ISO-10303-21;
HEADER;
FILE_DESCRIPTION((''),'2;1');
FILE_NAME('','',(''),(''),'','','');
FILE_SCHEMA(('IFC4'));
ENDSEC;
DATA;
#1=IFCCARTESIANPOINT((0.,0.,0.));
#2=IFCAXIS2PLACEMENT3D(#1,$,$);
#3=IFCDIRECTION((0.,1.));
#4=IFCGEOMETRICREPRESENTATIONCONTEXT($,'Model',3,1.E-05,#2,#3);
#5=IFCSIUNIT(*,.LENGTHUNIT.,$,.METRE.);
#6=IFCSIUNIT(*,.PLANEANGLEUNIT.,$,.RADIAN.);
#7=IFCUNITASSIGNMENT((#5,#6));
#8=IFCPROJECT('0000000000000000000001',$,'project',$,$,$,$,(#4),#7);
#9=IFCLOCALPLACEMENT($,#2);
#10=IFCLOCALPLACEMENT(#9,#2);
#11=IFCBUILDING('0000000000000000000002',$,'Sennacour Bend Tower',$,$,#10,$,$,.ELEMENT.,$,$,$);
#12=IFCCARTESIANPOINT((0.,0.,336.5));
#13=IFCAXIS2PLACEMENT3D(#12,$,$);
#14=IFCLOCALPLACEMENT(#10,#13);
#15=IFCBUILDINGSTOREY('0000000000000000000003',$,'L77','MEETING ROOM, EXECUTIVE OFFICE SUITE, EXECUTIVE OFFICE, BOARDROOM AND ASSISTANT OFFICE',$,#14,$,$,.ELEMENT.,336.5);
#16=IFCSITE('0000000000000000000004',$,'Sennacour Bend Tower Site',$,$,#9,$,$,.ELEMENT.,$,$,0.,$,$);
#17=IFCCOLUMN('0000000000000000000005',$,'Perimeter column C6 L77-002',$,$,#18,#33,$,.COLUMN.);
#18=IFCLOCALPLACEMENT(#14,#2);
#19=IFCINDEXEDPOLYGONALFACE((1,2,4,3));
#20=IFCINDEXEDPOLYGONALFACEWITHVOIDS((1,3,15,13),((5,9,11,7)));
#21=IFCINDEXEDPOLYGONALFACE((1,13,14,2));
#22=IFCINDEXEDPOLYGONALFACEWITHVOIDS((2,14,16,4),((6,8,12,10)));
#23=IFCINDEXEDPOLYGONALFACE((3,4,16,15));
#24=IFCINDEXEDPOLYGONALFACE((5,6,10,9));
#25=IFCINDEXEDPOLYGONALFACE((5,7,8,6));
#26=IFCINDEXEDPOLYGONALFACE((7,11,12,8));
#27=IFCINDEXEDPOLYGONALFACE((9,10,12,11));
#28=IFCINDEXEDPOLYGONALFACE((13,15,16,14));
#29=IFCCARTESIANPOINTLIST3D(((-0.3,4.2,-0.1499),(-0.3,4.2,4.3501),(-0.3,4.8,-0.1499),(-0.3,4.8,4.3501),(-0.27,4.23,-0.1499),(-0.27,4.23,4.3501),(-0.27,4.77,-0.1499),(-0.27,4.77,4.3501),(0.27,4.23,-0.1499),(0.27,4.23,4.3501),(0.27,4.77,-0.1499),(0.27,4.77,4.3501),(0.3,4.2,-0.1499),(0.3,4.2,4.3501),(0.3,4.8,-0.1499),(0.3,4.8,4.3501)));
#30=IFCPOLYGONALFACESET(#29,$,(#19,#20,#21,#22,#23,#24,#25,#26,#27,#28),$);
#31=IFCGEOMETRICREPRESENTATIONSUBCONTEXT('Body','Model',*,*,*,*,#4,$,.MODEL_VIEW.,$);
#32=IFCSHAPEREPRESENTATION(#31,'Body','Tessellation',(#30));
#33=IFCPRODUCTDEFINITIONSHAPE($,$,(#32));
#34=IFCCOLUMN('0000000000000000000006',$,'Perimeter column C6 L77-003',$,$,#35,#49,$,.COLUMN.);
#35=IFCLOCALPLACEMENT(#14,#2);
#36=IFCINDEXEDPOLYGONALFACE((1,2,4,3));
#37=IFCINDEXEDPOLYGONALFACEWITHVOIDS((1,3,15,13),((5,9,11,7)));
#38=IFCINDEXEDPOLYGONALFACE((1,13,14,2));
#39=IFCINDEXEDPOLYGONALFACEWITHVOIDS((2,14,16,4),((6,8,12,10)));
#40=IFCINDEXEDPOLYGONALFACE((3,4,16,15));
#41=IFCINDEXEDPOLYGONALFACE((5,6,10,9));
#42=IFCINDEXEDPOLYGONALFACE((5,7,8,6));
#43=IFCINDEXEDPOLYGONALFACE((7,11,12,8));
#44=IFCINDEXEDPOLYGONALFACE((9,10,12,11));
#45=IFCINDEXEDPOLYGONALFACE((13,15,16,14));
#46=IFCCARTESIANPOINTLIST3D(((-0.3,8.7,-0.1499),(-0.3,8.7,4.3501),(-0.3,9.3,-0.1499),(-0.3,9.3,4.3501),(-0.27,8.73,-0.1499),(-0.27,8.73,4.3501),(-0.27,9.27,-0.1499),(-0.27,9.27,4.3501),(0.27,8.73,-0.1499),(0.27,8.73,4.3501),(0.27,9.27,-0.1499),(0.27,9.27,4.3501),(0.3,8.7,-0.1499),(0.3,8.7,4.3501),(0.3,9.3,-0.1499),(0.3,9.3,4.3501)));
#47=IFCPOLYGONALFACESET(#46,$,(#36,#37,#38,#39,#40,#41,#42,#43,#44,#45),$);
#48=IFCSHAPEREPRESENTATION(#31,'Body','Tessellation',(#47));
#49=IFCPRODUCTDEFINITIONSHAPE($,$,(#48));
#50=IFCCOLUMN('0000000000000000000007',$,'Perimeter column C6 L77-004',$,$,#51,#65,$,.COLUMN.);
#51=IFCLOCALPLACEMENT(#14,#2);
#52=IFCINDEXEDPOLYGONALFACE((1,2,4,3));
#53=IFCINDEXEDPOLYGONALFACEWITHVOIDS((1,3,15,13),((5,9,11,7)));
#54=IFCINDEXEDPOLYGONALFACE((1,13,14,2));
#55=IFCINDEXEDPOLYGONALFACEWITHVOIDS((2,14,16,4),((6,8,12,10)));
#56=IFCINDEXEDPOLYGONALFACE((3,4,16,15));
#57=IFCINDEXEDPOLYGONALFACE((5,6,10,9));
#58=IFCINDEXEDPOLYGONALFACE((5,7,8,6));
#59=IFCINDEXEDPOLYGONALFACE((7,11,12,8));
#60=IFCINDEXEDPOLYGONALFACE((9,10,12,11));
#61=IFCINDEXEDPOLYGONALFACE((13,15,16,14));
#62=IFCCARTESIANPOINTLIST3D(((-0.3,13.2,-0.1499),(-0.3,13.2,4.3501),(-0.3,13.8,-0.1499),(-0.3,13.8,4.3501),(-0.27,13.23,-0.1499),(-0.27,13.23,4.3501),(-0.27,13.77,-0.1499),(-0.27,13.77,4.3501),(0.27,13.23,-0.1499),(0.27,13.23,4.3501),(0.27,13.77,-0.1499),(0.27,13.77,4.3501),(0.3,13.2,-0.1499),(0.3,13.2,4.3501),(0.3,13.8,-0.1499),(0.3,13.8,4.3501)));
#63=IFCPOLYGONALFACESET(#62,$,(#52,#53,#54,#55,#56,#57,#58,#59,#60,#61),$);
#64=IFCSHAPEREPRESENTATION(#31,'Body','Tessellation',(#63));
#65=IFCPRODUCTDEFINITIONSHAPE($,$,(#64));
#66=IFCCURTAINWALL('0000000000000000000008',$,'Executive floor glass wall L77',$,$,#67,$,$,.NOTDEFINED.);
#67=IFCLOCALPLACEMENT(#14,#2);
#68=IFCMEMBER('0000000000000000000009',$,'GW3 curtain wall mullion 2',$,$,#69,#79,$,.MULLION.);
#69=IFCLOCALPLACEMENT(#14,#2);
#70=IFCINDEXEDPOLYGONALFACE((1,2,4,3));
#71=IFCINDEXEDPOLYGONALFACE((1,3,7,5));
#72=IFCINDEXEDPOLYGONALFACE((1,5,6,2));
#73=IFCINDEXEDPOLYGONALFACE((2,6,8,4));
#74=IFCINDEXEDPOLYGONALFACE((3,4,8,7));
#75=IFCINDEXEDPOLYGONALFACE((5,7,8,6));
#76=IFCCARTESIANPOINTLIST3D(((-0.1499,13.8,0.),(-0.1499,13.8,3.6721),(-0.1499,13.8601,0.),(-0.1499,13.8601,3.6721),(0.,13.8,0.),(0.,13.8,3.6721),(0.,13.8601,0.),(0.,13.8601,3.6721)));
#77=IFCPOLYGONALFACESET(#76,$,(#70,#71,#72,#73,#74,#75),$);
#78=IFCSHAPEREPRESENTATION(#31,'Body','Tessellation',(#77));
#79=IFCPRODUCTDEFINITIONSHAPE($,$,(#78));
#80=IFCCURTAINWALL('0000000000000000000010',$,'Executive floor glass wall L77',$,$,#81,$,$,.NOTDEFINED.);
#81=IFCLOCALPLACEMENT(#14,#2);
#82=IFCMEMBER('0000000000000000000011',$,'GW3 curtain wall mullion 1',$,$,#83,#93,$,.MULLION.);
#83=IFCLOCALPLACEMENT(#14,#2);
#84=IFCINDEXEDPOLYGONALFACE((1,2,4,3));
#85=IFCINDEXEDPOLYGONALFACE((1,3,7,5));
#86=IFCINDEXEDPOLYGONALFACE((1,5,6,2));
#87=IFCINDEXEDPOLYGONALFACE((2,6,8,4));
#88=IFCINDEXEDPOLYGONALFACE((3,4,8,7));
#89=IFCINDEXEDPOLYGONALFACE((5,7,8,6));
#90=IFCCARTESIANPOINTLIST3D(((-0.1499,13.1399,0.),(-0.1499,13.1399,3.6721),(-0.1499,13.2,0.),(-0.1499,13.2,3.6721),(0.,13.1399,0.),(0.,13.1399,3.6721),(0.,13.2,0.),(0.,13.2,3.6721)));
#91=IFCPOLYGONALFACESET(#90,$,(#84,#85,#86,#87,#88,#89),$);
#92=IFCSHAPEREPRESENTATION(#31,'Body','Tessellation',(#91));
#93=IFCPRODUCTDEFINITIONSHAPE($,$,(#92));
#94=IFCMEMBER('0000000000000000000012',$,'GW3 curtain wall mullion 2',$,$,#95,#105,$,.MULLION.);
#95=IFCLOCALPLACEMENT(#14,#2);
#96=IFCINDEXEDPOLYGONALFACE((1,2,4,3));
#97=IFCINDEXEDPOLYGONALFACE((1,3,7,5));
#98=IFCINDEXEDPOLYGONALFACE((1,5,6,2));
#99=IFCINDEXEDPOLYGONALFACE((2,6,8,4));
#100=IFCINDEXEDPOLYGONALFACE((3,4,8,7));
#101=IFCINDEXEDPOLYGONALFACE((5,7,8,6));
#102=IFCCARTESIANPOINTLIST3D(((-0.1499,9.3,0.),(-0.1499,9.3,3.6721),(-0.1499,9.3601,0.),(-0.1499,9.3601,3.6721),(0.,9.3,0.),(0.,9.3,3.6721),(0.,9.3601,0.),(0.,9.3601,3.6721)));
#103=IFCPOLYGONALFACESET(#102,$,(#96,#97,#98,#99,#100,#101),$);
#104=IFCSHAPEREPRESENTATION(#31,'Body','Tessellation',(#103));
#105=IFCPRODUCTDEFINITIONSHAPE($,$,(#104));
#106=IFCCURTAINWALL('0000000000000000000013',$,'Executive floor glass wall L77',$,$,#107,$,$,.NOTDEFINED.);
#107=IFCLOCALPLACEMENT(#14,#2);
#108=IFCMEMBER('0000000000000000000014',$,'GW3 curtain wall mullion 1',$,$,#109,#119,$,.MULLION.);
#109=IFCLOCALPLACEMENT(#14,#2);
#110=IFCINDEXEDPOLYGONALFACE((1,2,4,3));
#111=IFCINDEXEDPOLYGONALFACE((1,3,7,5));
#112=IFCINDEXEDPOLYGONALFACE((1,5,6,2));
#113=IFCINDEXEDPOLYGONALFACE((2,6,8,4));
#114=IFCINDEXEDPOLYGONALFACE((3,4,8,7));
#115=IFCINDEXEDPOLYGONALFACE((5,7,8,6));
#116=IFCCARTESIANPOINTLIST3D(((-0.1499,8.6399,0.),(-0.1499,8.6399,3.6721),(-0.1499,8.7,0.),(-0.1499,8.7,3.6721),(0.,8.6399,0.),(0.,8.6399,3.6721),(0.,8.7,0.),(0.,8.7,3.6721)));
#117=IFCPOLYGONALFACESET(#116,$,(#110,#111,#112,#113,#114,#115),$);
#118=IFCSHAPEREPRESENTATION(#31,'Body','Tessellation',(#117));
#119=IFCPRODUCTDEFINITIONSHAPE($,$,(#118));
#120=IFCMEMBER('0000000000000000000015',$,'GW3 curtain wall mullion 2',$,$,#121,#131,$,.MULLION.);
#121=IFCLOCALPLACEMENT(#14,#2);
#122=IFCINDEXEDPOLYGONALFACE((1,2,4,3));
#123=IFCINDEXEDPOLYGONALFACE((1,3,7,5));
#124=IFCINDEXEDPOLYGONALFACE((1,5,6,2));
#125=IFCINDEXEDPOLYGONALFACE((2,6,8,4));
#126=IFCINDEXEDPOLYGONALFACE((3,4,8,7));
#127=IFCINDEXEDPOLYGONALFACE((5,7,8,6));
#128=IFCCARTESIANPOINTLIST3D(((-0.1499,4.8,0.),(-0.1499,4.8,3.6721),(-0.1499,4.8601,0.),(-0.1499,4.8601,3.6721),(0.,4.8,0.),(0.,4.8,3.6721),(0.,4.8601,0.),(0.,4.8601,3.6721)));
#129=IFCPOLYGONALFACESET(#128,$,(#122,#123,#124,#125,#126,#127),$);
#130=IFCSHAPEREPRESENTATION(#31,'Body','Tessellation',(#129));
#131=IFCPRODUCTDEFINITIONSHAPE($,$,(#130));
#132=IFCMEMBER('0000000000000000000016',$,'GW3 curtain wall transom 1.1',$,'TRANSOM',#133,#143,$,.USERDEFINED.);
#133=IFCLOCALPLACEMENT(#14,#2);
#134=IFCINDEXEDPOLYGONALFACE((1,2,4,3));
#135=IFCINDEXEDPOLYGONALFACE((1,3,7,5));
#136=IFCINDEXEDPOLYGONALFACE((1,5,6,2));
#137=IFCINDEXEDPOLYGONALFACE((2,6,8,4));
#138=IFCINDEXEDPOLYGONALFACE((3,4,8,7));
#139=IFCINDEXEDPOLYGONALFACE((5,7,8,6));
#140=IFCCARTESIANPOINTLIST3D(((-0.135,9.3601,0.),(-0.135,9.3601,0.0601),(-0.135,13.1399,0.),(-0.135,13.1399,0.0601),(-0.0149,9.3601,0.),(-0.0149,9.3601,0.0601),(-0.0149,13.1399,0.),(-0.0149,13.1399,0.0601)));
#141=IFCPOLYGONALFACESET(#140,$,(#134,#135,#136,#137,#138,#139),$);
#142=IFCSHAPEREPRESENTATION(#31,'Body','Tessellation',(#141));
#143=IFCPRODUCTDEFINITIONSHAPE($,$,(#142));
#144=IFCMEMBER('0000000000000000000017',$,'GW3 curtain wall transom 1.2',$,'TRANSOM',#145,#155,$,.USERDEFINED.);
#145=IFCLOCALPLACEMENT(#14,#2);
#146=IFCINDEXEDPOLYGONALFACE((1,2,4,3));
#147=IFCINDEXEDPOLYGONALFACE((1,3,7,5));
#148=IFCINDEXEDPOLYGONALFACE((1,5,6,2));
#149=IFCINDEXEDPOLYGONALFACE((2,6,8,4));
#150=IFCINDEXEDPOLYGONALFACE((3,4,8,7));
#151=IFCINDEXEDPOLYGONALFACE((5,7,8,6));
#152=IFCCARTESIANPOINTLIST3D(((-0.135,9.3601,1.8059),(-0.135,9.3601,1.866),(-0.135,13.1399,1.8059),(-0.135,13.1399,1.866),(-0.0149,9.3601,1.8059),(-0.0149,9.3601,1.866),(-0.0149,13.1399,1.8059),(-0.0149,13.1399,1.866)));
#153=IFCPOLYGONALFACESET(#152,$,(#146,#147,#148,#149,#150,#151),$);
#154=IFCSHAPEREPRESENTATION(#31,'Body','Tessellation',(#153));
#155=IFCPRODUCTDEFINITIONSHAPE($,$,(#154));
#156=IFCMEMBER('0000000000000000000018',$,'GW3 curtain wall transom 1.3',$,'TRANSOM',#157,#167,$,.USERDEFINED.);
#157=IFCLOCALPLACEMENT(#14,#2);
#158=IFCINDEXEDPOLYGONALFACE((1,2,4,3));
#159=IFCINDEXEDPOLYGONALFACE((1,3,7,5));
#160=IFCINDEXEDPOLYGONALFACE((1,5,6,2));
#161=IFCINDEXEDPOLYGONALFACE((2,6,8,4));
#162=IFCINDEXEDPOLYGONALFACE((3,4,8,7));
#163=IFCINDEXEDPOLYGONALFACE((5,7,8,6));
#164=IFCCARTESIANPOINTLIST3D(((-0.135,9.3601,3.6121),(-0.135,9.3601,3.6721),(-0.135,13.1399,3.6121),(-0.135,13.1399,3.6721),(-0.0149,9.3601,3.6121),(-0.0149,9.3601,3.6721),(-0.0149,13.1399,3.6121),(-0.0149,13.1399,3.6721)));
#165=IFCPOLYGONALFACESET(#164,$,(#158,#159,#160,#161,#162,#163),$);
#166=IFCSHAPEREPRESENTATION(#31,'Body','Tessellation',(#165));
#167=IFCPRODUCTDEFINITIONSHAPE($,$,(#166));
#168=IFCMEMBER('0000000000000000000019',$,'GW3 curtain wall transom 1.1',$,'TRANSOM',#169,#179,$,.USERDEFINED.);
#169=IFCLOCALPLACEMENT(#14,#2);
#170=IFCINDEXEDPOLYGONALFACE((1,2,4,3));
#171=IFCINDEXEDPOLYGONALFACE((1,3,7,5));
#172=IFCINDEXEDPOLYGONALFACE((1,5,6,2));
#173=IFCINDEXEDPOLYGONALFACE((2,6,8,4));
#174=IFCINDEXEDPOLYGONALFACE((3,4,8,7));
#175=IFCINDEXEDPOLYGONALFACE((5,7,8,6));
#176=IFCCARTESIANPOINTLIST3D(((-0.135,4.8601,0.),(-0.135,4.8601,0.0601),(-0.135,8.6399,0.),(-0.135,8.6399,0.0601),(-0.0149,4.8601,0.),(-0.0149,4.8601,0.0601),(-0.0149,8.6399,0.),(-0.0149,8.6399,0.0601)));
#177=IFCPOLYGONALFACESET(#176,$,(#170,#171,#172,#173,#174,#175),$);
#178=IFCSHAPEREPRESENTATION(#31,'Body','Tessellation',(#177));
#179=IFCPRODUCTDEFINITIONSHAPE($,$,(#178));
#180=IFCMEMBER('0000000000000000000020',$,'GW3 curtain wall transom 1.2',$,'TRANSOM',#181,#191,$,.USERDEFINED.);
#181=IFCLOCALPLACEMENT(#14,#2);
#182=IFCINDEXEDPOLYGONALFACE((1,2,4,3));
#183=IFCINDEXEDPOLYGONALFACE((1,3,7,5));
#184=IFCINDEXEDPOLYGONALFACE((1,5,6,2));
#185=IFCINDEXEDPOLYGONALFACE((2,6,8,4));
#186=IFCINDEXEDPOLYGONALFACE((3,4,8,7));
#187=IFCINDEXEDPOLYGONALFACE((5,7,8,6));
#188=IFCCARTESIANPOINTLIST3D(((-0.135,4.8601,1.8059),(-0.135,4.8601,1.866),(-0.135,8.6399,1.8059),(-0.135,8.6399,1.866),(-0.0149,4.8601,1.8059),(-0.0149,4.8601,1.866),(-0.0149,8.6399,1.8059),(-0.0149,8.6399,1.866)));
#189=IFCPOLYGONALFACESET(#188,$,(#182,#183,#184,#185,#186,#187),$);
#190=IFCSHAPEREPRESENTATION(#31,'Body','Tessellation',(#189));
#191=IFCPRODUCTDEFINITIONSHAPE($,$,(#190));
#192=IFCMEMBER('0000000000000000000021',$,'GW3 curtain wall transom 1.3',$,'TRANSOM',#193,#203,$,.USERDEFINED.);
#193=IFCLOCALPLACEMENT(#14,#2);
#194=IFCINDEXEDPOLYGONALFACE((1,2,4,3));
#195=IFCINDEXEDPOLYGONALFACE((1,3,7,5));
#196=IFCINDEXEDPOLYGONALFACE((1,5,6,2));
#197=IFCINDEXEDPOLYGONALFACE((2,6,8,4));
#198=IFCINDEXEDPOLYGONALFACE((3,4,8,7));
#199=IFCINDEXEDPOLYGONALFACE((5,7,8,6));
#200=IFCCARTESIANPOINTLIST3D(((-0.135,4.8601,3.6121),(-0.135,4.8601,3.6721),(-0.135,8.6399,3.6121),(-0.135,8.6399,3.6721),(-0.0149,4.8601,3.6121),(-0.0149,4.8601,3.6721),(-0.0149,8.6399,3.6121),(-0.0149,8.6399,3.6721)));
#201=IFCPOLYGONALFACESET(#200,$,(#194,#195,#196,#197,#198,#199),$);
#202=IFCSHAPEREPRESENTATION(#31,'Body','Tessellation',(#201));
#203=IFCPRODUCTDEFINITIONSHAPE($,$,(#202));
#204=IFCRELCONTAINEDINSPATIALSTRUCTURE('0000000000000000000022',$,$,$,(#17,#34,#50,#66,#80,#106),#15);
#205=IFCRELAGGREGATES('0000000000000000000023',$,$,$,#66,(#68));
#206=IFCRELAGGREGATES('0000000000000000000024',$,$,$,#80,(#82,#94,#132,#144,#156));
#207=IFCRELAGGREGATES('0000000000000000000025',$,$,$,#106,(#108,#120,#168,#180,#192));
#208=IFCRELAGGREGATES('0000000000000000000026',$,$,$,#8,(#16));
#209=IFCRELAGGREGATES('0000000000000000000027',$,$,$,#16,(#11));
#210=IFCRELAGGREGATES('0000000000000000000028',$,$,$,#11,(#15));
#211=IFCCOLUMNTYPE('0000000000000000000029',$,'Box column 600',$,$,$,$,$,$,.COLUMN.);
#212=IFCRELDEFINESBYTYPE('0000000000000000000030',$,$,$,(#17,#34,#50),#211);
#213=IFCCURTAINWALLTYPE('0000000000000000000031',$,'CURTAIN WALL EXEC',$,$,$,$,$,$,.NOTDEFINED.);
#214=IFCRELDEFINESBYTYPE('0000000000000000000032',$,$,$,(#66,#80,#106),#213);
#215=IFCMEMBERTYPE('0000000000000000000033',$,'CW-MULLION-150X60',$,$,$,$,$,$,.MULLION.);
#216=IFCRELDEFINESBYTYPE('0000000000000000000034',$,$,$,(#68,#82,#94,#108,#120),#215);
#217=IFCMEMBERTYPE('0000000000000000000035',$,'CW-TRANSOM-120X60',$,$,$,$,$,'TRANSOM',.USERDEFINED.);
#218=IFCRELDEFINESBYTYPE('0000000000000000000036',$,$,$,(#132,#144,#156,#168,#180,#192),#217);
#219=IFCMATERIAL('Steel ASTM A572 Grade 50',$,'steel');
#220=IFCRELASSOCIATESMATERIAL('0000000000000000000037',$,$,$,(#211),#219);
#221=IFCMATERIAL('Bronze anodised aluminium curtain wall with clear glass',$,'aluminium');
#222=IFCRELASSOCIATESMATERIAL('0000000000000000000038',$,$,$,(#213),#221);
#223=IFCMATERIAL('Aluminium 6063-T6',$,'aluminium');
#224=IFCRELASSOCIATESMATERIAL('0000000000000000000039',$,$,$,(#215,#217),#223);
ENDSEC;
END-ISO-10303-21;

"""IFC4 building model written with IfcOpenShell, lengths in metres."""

from ifc_helpers import new_model, si_unit, direction, frame, origin, origin_2d, place, context, subcontext, project, spatial, rectangle, hollow_rectangle, extrude, material, material_profile, profile_set, type_object, element, aggregate, save


model = new_model("IFC4")

# Units and contexts
model_context = context("Model", 3, precision=1e-05, world=origin(), true_north=direction((0.0, 1.0)))
body_context = subcontext(model_context, "Body", "Model", "MODEL_VIEW")
ifc_project = project(units=[si_unit("LENGTHUNIT", "METRE"), si_unit("PLANEANGLEUNIT", "RADIAN")], contexts=[model_context])

# Site, building, storey
site_placement = place(None, origin())
site = spatial("IfcSite", under=ifc_project, at=site_placement, Name="Sennacour Bend Tower Site", CompositionType="ELEMENT", RefElevation=0.0)
building_placement = place(site_placement, origin())
building = spatial("IfcBuilding", under=site, at=building_placement, Name="Sennacour Bend Tower", CompositionType="ELEMENT")
storey_placement = place(building_placement, frame((0.0, 0.0, 336.5)))
storey = spatial("IfcBuildingStorey", under=building, at=storey_placement, Name="L77", Description="MEETING ROOM, EXECUTIVE OFFICE SUITE, EXECUTIVE OFFICE, BOARDROOM AND ASSISTANT OFFICE", CompositionType="ELEMENT", Elevation=336.5)

# Columns
ifc_material_1 = material(Name="Steel ASTM A572 Grade 50", Category="steel")
ifc_material_profile_1 = material_profile(ifc_material_1, hollow_rectangle(XDim=0.6001, YDim=0.6001, WallThickness=0.03, at=origin_2d()), Name="Steel ASTM A572 Grade 50", Category="steel")
ifc_profile_set_1 = profile_set([ifc_material_profile_1], Name="Steel ASTM A572 Grade 50")
column_type = type_object("IfcColumnType", Name="Box column 600", PredefinedType="COLUMN", material=ifc_profile_set_1)
for number, where, z_axis, x_axis, name in (
    (1, (0.0, 4.5, -0.1499), (0.0, 0.0, 1.0), (1.0, 0.0, 0.0), "Perimeter column C6 L77-002"),
    (2, (0.0, 9.0, -0.1499), (0.0, 0.0, 1.0), (1.0, 0.0, 0.0), "Perimeter column C6 L77-003"),
    (3, (0.0, 13.5, -0.1499), (0.0, 0.0, 1.0), (1.0, 0.0, 0.0), "Perimeter column C6 L77-004"),
):
    element("IfcColumn", number, at=place(storey_placement, frame(where, z_axis=z_axis, x_axis=x_axis)), inside=storey, type_object=column_type, Name=name, PredefinedType="COLUMN", context=body_context, shape_type="SweptSolid", body=[
        extrude(hollow_rectangle(XDim=0.6001, YDim=0.6001, WallThickness=0.03, at=origin_2d()), origin(), (0.0, 0.0, 1.0), 4.5),
    ])

# Curtain wall, member
ifc_material_2 = material(Name="Bronze anodised aluminium curtain wall with clear glass", Category="aluminium")
curtain_wall_type = type_object("IfcCurtainWallType", Name="CURTAIN WALL EXEC", PredefinedType="NOTDEFINED", material=ifc_material_2)
curtain_wall_1_placement = place(storey_placement, origin())
curtain_wall_1 = element("IfcCurtainWall", 4, at=curtain_wall_1_placement, inside=storey, type_object=curtain_wall_type, Name="Executive floor glass wall L77", PredefinedType="NOTDEFINED")
ifc_material_3 = material(Name="Aluminium 6063-T6", Category="aluminium")
ifc_material_profile_2 = material_profile(ifc_material_3, rectangle(XDim=0.1499, YDim=0.0601, at=origin_2d()), Name="Aluminium 6063-T6", Category="aluminium")
ifc_profile_set_2 = profile_set([ifc_material_profile_2], Name="Aluminium 6063-T6")
member_type_1 = type_object("IfcMemberType", Name="CW-MULLION-150X60", PredefinedType="MULLION", material=ifc_profile_set_2)
member_1_placement = place(storey_placement, frame((-0.075, 13.8301, 0.0), z_axis=(0.0, 0.0, 1.0), x_axis=(1.0, 0.0, 0.0)))
member_1 = element("IfcMember", 5, at=member_1_placement, type_object=member_type_1, Name="GW3 curtain wall mullion 2", PredefinedType="MULLION", context=body_context, shape_type="SweptSolid", body=[
    extrude(rectangle(XDim=0.1499, YDim=0.0601, at=origin_2d()), origin(), (0.0, 0.0, 1.0), 3.6721),
])

# Curtain walls, members
curtain_wall_2_placement = place(storey_placement, origin())
curtain_wall_2 = element("IfcCurtainWall", 6, at=curtain_wall_2_placement, inside=storey, type_object=curtain_wall_type, Name="Executive floor glass wall L77", PredefinedType="NOTDEFINED")
member_2_placement = place(storey_placement, frame((-0.075, 13.1699, 0.0), z_axis=(0.0, 0.0, 1.0), x_axis=(1.0, 0.0, 0.0)))
member_2 = element("IfcMember", 7, at=member_2_placement, type_object=member_type_1, Name="GW3 curtain wall mullion 1", PredefinedType="MULLION", context=body_context, shape_type="SweptSolid", body=[
    extrude(rectangle(XDim=0.1499, YDim=0.0601, at=origin_2d()), origin(), (0.0, 0.0, 1.0), 3.6721),
])
member_3_placement = place(storey_placement, frame((-0.075, 9.3301, 0.0), z_axis=(0.0, 0.0, 1.0), x_axis=(1.0, 0.0, 0.0)))
member_3 = element("IfcMember", 8, at=member_3_placement, type_object=member_type_1, Name="GW3 curtain wall mullion 2", PredefinedType="MULLION", context=body_context, shape_type="SweptSolid", body=[
    extrude(rectangle(XDim=0.1499, YDim=0.0601, at=origin_2d()), origin(), (0.0, 0.0, 1.0), 3.6721),
])
curtain_wall_3_placement = place(storey_placement, origin())
curtain_wall_3 = element("IfcCurtainWall", 9, at=curtain_wall_3_placement, inside=storey, type_object=curtain_wall_type, Name="Executive floor glass wall L77", PredefinedType="NOTDEFINED")
member_4_placement = place(storey_placement, frame((-0.075, 8.6699, 0.0), z_axis=(0.0, 0.0, 1.0), x_axis=(1.0, 0.0, 0.0)))
member_4 = element("IfcMember", 10, at=member_4_placement, type_object=member_type_1, Name="GW3 curtain wall mullion 1", PredefinedType="MULLION", context=body_context, shape_type="SweptSolid", body=[
    extrude(rectangle(XDim=0.1499, YDim=0.0601, at=origin_2d()), origin(), (0.0, 0.0, 1.0), 3.6721),
])
member_5_placement = place(storey_placement, frame((-0.075, 4.8301, 0.0), z_axis=(0.0, 0.0, 1.0), x_axis=(1.0, 0.0, 0.0)))
member_5 = element("IfcMember", 11, at=member_5_placement, type_object=member_type_1, Name="GW3 curtain wall mullion 2", PredefinedType="MULLION", context=body_context, shape_type="SweptSolid", body=[
    extrude(rectangle(XDim=0.1499, YDim=0.0601, at=origin_2d()), origin(), (0.0, 0.0, 1.0), 3.6721),
])

# Members
ifc_material_profile_3 = material_profile(ifc_material_3, rectangle(XDim=0.1201, YDim=0.0601, at=origin_2d()), Name="Aluminium 6063-T6", Category="aluminium")
ifc_profile_set_3 = profile_set([ifc_material_profile_3], Name="Aluminium 6063-T6")
member_type_2 = type_object("IfcMemberType", Name="CW-TRANSOM-120X60", ElementType="TRANSOM", PredefinedType="USERDEFINED", material=ifc_profile_set_3)
member_6_placement = place(storey_placement, frame((-0.075, 13.1399, 0.03), z_axis=(0.0, -1.0, 0.0), x_axis=(1.0, 0.0, 0.0)))
member_6 = element("IfcMember", 12, at=member_6_placement, type_object=member_type_2, Name="GW3 curtain wall transom 1.1", ObjectType="TRANSOM", PredefinedType="USERDEFINED", context=body_context, shape_type="SweptSolid", body=[
    extrude(rectangle(XDim=0.1201, YDim=0.0601, at=origin_2d()), origin(), (0.0, 0.0, 1.0), 3.7798),
])
member_7_placement = place(storey_placement, frame((-0.075, 13.1399, 1.8359), z_axis=(0.0, -1.0, 0.0), x_axis=(1.0, 0.0, 0.0)))
member_7 = element("IfcMember", 13, at=member_7_placement, type_object=member_type_2, Name="GW3 curtain wall transom 1.2", ObjectType="TRANSOM", PredefinedType="USERDEFINED", context=body_context, shape_type="SweptSolid", body=[
    extrude(rectangle(XDim=0.1201, YDim=0.0601, at=origin_2d()), origin(), (0.0, 0.0, 1.0), 3.7798),
])
member_8_placement = place(storey_placement, frame((-0.075, 13.1399, 3.6421), z_axis=(0.0, -1.0, 0.0), x_axis=(1.0, 0.0, 0.0)))
member_8 = element("IfcMember", 14, at=member_8_placement, type_object=member_type_2, Name="GW3 curtain wall transom 1.3", ObjectType="TRANSOM", PredefinedType="USERDEFINED", context=body_context, shape_type="SweptSolid", body=[
    extrude(rectangle(XDim=0.1201, YDim=0.0601, at=origin_2d()), origin(), (0.0, 0.0, 1.0), 3.7798),
])
member_9_placement = place(storey_placement, frame((-0.075, 8.6399, 0.03), z_axis=(0.0, -1.0, 0.0), x_axis=(1.0, 0.0, 0.0)))
member_9 = element("IfcMember", 15, at=member_9_placement, type_object=member_type_2, Name="GW3 curtain wall transom 1.1", ObjectType="TRANSOM", PredefinedType="USERDEFINED", context=body_context, shape_type="SweptSolid", body=[
    extrude(rectangle(XDim=0.1201, YDim=0.0601, at=origin_2d()), origin(), (0.0, 0.0, 1.0), 3.7798),
])
member_10_placement = place(storey_placement, frame((-0.075, 8.6399, 1.8359), z_axis=(0.0, -1.0, 0.0), x_axis=(1.0, 0.0, 0.0)))
member_10 = element("IfcMember", 16, at=member_10_placement, type_object=member_type_2, Name="GW3 curtain wall transom 1.2", ObjectType="TRANSOM", PredefinedType="USERDEFINED", context=body_context, shape_type="SweptSolid", body=[
    extrude(rectangle(XDim=0.1201, YDim=0.0601, at=origin_2d()), origin(), (0.0, 0.0, 1.0), 3.7798),
])
member_11_placement = place(storey_placement, frame((-0.075, 8.6399, 3.6421), z_axis=(0.0, -1.0, 0.0), x_axis=(1.0, 0.0, 0.0)))
member_11 = element("IfcMember", 17, at=member_11_placement, type_object=member_type_2, Name="GW3 curtain wall transom 1.3", ObjectType="TRANSOM", PredefinedType="USERDEFINED", context=body_context, shape_type="SweptSolid", body=[
    extrude(rectangle(XDim=0.1201, YDim=0.0601, at=origin_2d()), origin(), (0.0, 0.0, 1.0), 3.7798),
])

aggregate(curtain_wall_1, [member_1])
aggregate(curtain_wall_2, [member_2, member_3, member_6, member_7, member_8])
aggregate(curtain_wall_3, [member_4, member_5, member_9, member_10, member_11])

save(model, "model.ifc")
